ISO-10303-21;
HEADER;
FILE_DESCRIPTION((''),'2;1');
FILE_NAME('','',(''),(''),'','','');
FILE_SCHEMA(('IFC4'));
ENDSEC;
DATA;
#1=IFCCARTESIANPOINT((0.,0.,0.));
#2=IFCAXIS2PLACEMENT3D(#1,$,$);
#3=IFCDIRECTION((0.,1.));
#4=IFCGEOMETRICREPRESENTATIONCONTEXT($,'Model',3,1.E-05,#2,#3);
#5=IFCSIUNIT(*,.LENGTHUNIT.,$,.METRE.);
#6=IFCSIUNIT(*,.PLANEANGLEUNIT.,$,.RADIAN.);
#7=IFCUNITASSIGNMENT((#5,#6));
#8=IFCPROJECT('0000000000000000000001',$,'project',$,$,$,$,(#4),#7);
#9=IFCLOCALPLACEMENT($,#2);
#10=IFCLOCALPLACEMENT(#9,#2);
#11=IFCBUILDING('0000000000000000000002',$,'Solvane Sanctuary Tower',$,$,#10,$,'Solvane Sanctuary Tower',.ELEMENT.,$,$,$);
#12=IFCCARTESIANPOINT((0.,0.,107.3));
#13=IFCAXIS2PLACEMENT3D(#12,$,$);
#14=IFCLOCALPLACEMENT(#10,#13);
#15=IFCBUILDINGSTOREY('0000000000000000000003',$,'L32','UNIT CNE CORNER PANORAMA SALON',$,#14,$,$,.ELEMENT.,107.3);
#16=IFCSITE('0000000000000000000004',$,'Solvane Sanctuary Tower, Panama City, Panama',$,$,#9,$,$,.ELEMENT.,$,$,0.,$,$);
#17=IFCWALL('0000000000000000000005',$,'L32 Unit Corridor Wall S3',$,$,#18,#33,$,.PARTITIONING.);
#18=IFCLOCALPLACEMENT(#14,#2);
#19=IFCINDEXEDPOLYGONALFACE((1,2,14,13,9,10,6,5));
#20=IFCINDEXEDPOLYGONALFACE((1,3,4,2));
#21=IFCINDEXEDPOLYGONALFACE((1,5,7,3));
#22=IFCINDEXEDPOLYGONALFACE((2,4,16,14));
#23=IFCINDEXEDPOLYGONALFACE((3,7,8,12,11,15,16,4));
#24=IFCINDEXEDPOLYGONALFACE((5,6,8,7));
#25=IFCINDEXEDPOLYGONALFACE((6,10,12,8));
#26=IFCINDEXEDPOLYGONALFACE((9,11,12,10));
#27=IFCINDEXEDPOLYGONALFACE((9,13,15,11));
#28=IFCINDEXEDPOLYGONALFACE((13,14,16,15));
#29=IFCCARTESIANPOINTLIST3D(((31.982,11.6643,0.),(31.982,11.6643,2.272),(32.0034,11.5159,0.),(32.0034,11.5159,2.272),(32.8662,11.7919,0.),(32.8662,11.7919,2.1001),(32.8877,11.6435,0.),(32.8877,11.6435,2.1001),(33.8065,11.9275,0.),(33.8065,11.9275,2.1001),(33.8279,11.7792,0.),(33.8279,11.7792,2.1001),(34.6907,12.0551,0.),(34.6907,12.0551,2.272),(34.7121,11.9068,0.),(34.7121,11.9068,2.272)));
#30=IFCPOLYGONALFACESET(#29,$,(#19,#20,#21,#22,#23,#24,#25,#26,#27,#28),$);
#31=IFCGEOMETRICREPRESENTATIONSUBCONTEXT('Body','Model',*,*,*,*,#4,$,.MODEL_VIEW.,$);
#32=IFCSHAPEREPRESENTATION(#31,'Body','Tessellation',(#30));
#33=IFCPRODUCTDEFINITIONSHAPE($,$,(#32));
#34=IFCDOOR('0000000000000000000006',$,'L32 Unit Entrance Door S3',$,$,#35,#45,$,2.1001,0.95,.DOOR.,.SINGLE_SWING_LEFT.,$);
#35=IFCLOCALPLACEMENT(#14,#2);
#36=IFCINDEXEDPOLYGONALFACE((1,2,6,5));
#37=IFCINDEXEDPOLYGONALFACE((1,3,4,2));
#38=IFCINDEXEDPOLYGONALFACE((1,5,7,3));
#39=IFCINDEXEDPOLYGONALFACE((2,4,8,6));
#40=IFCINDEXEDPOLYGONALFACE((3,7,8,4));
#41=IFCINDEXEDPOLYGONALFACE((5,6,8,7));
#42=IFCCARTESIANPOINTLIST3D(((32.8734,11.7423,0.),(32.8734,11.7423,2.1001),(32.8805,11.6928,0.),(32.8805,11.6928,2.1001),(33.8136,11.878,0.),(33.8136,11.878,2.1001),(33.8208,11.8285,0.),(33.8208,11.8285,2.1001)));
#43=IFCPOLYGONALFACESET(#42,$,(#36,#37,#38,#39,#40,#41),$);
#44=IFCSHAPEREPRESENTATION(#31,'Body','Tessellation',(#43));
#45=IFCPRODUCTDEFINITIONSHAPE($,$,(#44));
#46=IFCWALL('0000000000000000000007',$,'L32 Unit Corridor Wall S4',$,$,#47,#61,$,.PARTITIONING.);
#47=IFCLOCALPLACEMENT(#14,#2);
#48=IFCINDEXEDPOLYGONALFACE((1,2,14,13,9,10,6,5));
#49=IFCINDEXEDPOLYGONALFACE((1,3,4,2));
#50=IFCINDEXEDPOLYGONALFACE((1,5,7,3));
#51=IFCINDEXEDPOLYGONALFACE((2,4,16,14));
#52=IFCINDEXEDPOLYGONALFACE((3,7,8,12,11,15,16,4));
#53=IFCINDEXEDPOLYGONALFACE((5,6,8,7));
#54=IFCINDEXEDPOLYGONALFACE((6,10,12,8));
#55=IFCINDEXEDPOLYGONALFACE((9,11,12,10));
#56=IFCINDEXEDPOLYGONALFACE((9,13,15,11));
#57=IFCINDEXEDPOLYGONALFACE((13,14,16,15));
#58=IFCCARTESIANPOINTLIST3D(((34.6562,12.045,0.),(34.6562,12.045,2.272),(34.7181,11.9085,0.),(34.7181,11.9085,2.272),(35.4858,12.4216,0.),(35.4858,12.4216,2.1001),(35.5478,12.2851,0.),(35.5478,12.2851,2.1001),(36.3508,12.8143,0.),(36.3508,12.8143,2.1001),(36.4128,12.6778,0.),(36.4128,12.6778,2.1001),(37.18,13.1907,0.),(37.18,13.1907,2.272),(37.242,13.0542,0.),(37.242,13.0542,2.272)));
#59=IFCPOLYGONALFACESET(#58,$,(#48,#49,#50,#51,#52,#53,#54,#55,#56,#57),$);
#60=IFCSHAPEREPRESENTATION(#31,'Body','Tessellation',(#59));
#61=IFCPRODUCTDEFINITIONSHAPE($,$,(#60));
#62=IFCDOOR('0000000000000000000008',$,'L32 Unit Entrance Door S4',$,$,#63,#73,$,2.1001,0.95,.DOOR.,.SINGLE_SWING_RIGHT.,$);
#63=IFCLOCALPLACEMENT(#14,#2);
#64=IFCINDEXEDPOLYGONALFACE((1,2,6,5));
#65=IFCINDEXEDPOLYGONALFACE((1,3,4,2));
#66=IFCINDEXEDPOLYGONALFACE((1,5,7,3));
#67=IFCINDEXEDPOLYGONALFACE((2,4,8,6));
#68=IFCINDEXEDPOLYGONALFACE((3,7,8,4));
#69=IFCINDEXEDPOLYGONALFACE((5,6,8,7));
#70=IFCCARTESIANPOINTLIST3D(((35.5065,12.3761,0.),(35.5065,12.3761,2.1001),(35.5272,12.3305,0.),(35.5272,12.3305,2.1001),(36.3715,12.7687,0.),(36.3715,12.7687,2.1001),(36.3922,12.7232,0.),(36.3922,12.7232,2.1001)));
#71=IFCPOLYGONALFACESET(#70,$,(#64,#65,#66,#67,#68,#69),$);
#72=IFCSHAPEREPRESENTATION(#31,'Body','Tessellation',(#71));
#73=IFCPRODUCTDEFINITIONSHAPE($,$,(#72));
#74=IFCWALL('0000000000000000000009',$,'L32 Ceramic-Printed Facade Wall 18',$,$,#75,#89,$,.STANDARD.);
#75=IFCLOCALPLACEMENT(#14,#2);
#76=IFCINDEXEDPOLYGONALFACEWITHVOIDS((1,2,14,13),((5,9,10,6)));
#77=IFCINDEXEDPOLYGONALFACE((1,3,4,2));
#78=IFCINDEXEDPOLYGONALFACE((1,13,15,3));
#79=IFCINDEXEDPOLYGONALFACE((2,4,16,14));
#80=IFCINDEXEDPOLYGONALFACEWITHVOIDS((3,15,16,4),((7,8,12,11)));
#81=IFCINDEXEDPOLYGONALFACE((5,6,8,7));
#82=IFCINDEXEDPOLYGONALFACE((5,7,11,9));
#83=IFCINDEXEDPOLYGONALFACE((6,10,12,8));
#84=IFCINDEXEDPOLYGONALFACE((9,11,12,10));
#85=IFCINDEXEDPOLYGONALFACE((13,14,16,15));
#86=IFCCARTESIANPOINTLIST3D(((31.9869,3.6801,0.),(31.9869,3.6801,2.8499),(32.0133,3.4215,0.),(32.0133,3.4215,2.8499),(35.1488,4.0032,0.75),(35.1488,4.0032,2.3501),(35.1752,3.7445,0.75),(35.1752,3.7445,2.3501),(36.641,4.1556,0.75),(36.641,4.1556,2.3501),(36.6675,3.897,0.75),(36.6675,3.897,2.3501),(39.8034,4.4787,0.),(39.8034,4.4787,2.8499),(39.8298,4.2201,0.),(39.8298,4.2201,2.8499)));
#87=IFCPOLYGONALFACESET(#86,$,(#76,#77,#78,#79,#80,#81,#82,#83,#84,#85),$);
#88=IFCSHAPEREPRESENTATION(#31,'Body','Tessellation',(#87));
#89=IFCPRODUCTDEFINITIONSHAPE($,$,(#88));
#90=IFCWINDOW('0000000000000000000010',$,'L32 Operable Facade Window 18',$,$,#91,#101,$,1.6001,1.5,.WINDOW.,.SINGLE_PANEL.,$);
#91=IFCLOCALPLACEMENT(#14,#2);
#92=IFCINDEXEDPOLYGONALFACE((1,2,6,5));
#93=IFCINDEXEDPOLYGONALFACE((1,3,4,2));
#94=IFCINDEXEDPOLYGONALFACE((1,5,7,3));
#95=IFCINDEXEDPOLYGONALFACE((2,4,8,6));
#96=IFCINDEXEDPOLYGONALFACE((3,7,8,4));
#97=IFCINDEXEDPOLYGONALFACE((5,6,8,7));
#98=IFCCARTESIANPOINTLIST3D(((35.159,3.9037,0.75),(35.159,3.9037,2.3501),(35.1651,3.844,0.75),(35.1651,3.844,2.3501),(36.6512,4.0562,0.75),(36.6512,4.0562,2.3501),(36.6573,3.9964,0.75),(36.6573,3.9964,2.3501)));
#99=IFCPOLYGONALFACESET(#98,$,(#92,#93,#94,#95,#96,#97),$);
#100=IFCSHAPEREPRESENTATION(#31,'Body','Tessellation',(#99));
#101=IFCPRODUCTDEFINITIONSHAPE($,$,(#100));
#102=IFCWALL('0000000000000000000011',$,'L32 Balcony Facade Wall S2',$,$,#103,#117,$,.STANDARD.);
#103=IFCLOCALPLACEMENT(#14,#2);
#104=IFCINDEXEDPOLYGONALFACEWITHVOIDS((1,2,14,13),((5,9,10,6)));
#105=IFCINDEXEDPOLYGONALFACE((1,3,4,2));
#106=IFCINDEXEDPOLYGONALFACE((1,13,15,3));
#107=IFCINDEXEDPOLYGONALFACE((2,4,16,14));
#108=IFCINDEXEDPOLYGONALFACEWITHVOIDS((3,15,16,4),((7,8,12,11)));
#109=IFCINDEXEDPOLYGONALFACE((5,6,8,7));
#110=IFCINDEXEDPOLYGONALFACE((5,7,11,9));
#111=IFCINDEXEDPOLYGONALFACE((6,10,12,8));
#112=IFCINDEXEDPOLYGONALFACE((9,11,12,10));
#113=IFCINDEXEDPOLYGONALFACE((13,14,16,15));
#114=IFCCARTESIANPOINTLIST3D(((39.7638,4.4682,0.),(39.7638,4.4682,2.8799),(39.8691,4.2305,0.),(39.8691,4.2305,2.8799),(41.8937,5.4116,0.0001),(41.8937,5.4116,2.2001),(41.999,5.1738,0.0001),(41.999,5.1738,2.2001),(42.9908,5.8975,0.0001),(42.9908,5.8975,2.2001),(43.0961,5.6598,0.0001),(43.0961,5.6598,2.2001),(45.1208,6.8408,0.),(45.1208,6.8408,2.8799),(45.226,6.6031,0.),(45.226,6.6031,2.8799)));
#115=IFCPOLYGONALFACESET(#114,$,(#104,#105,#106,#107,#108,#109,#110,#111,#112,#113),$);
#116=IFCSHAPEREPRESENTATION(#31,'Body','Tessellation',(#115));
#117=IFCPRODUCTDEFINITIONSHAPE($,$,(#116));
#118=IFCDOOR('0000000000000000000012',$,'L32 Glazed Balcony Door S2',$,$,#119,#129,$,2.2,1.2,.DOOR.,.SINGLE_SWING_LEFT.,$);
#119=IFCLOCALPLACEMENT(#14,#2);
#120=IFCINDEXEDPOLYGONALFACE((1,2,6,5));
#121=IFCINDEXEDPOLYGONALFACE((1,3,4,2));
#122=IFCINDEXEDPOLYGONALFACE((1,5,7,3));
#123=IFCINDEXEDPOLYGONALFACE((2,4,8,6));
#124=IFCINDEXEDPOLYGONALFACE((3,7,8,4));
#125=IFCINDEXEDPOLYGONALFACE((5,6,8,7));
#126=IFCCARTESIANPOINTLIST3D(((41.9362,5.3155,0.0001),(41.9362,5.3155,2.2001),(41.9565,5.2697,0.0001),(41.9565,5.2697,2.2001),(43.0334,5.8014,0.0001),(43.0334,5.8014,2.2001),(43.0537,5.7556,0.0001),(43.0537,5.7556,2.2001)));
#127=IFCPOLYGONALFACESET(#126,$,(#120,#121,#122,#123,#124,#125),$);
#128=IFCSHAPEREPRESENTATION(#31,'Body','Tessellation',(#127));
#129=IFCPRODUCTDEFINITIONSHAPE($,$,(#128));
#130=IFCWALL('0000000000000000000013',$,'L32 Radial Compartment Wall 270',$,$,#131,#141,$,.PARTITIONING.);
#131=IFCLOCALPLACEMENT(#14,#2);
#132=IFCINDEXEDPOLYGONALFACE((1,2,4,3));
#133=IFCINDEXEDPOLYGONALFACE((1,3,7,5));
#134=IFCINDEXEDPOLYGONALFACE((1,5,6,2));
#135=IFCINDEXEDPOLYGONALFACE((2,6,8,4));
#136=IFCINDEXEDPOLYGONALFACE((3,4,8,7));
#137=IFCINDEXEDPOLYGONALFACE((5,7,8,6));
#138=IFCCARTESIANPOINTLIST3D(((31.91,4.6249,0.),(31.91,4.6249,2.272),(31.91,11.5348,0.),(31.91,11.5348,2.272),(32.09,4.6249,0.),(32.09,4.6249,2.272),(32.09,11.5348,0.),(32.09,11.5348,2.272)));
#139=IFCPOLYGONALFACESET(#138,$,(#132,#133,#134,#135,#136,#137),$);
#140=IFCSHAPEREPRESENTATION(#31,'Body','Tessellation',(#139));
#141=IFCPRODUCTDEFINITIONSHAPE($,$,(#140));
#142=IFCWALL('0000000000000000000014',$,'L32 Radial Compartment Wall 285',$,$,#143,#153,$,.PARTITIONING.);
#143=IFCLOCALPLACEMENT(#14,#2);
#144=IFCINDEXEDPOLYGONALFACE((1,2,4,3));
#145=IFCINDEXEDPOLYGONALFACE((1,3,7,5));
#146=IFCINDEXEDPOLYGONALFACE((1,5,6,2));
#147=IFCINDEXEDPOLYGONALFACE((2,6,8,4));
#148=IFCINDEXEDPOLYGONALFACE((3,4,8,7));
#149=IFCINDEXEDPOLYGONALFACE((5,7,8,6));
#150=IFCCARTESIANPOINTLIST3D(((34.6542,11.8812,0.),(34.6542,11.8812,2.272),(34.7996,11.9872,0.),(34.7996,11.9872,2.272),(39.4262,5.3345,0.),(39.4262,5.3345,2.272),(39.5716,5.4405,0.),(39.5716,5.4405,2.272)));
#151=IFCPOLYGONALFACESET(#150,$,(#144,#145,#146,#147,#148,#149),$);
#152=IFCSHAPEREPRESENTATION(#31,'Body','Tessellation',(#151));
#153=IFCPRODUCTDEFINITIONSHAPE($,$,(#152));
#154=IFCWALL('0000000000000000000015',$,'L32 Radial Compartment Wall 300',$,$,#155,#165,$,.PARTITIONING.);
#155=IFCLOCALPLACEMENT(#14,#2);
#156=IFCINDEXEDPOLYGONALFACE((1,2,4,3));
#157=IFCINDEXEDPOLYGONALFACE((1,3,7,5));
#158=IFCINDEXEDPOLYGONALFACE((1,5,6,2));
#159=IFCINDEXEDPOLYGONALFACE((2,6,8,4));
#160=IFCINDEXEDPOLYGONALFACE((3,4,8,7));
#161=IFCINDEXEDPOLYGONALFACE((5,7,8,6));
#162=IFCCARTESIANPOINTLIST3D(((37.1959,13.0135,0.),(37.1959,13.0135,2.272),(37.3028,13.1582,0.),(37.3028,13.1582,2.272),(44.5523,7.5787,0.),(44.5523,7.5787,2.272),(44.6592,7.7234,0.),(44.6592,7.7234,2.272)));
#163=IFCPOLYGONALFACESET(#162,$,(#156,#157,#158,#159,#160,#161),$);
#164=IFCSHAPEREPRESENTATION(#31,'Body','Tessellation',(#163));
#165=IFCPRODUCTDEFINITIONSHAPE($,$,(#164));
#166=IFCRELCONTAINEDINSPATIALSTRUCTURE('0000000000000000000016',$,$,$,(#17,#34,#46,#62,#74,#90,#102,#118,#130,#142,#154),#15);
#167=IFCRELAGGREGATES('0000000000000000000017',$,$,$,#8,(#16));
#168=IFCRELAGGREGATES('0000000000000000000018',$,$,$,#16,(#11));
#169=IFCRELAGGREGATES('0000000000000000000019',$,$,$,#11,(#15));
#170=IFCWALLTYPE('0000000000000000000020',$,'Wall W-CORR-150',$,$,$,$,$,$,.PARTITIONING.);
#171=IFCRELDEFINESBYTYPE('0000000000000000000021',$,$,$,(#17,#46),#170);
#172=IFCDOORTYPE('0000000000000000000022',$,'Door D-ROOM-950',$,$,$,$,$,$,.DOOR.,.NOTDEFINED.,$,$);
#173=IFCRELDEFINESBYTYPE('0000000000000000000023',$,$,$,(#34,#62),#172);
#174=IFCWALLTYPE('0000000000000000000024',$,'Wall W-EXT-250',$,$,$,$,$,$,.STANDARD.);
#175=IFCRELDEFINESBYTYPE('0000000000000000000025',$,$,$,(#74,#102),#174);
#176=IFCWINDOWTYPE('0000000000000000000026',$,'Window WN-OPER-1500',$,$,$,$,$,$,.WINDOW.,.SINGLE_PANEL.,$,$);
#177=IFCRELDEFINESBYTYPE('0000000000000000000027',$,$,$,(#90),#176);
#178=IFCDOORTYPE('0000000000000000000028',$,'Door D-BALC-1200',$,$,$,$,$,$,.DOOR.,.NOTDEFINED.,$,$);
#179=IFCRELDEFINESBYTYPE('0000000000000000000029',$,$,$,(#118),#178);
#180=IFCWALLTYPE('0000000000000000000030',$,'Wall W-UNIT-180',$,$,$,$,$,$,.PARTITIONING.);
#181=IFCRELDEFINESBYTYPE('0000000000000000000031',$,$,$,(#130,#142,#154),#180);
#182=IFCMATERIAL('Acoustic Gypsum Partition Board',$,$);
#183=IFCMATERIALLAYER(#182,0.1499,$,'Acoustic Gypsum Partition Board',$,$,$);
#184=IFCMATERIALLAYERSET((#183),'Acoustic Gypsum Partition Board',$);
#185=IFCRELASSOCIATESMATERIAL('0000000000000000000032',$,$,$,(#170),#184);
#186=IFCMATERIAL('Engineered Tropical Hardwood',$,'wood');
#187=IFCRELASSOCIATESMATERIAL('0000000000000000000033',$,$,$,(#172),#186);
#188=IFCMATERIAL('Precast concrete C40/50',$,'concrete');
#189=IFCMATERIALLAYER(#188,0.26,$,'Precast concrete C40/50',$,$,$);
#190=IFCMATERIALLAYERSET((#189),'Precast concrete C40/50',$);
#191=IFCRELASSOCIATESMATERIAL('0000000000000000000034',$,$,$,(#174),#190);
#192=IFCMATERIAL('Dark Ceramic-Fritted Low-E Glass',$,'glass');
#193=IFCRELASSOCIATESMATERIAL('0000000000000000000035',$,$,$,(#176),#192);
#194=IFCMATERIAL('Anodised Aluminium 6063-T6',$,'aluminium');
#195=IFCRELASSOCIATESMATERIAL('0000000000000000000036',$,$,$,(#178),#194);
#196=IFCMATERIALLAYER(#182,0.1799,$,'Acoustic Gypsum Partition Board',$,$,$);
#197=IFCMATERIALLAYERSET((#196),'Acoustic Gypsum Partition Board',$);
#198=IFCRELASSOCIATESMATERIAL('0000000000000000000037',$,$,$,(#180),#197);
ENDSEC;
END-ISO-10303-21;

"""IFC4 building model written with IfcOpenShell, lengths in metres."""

from ifc_helpers import new_model, si_unit, direction, frame, frame_2d, origin, place, context, subcontext, project, spatial, rectangle, extrude, material, layer, layer_set, type_object, element, fill, save


model = new_model("IFC4")

# Units and contexts
model_context = context("Model", 3, precision=1e-05, world=origin(), true_north=direction((0.0, 1.0)))
body_context = subcontext(model_context, "Body", "Model", "MODEL_VIEW")
ifc_project = project(units=[si_unit("LENGTHUNIT", "METRE"), si_unit("PLANEANGLEUNIT", "RADIAN")], contexts=[model_context])

# Site, building, storey
site_placement = place(None, origin())
site = spatial("IfcSite", under=ifc_project, at=site_placement, Name="Solvane Sanctuary Tower, Panama City, Panama", CompositionType="ELEMENT", RefElevation=0.0)
building_placement = place(site_placement, origin())
building = spatial("IfcBuilding", under=site, at=building_placement, Name="Solvane Sanctuary Tower", LongName="Solvane Sanctuary Tower", CompositionType="ELEMENT")
storey_placement = place(building_placement, frame((0.0, 0.0, 107.3)))
storey = spatial("IfcBuildingStorey", under=building, at=storey_placement, Name="L32", Description="UNIT CNE CORNER PANORAMA SALON", CompositionType="ELEMENT", Elevation=107.3)

# Shared definitions
ifc_material_1 = material(Name="Acoustic Gypsum Partition Board")
ifc_layer_1 = layer(ifc_material_1, 0.1499, Name="Acoustic Gypsum Partition Board")
ifc_layer_set_1 = layer_set([ifc_layer_1], Name="Acoustic Gypsum Partition Board")
wall_type_1 = type_object("IfcWallType", Name="Wall W-CORR-150", PredefinedType="PARTITIONING", material=ifc_layer_set_1)

# Walls, openings, doors
ifc_material_2 = material(Name="Engineered Tropical Hardwood", Category="wood")
wall_1_placement = place(storey_placement, frame((31.9927, 11.5901, 0.0), z_axis=(0.0, 0.0, 1.0), x_axis=(0.989749, 0.14282, 0.0)))
wall_1 = element("IfcWall", 1, at=wall_1_placement, inside=storey, type_object=wall_type_1, Name="L32 Unit Corridor Wall S3", PredefinedType="PARTITIONING", context=body_context, shape_type="SweptSolid", body=[
    extrude(rectangle(XDim=2.7368, YDim=0.1499, at=frame_2d((1.3684, 0.0))), origin(), (0.0, 0.0, 1.0), 2.272),
])
opening_1_placement = place(wall_1_placement, frame((0.8933, 0.0, 0.0)))
opening_1 = element("IfcOpeningElement", 2, at=opening_1_placement, cuts=wall_1, PredefinedType="OPENING", context=body_context, shape_type="SweptSolid", body=[
    extrude(rectangle(XDim=0.95, YDim=2.1001, at=frame_2d((0.4751, 1.05))), frame((0.0, 0.085, 0.0), z_axis=(0.0, -1.0, 0.0), x_axis=(1.0, 0.0, 0.0)), (0.0, 0.0, 1.0), 0.1699),
])
door_type_1 = type_object("IfcDoorType", Name="Door D-ROOM-950", OperationType="NOTDEFINED", PredefinedType="DOOR", material=ifc_material_2)
door_1_placement = place(opening_1_placement, origin())
door_1 = element("IfcDoor", 3, at=door_1_placement, inside=storey, type_object=door_type_1, Name="L32 Unit Entrance Door S3", OperationType="SINGLE_SWING_LEFT", OverallHeight=2.1001, OverallWidth=0.95, PredefinedType="DOOR", context=body_context, shape_type="SweptSolid", body=[
    extrude(rectangle(XDim=0.95, YDim=2.1001, at=frame_2d((0.4751, 1.05))), frame((0.0, 0.0249, 0.0), z_axis=(0.0, -1.0, 0.0), x_axis=(1.0, 0.0, 0.0)), (0.0, 0.0, 1.0), 0.05),
])
fill(opening_1, door_1)
wall_2_placement = place(storey_placement, frame((34.6873, 11.9768, 0.0), z_axis=(0.0, 0.0, 1.0), x_axis=(0.910568, 0.413358, 0.0)))
wall_2 = element("IfcWall", 4, at=wall_2_placement, inside=storey, type_object=wall_type_1, Name="L32 Unit Corridor Wall S4", PredefinedType="PARTITIONING", context=body_context, shape_type="SweptSolid", body=[
    extrude(rectangle(XDim=2.7717, YDim=0.1499, at=frame_2d((1.3857, 0.0))), origin(), (0.0, 0.0, 1.0), 2.272),
])
opening_2_placement = place(wall_2_placement, frame((0.9109, 0.0, 0.0)))
opening_2 = element("IfcOpeningElement", 5, at=opening_2_placement, cuts=wall_2, PredefinedType="OPENING", context=body_context, shape_type="SweptSolid", body=[
    extrude(rectangle(XDim=0.95, YDim=2.1001, at=frame_2d((0.4751, 1.05))), frame((0.0, 0.085, 0.0), z_axis=(0.0, -1.0, 0.0), x_axis=(1.0, 0.0, 0.0)), (0.0, 0.0, 1.0), 0.1699),
])
door_2_placement = place(opening_2_placement, origin())
door_2 = element("IfcDoor", 6, at=door_2_placement, inside=storey, type_object=door_type_1, Name="L32 Unit Entrance Door S4", OperationType="SINGLE_SWING_RIGHT", OverallHeight=2.1001, OverallWidth=0.95, PredefinedType="DOOR", context=body_context, shape_type="SweptSolid", body=[
    extrude(rectangle(XDim=0.95, YDim=2.1001, at=frame_2d((0.4751, 1.05))), frame((0.0, 0.0249, 0.0), z_axis=(0.0, -1.0, 0.0), x_axis=(1.0, 0.0, 0.0)), (0.0, 0.0, 1.0), 0.05),
])
fill(opening_2, door_2)

# Wall, opening, window
ifc_material_3 = material(Name="Precast concrete C40/50", Category="concrete")
ifc_layer_2 = layer(ifc_material_3, 0.26, Name="Precast concrete C40/50")
ifc_layer_set_2 = layer_set([ifc_layer_2], Name="Precast concrete C40/50")
wall_type_2 = type_object("IfcWallType", Name="Wall W-EXT-250", PredefinedType="STANDARD", material=ifc_layer_set_2)
wall_3_placement = place(storey_placement, frame((32.0, 3.5508, 0.0), z_axis=(0.0, 0.0, 1.0), x_axis=(0.994821, 0.101639, 0.0)))
wall_3 = element("IfcWall", 7, at=wall_3_placement, inside=storey, type_object=wall_type_2, Name="L32 Ceramic-Printed Facade Wall 18", PredefinedType="STANDARD", context=body_context, shape_type="SweptSolid", body=[
    extrude(rectangle(XDim=7.8572, YDim=0.26, at=frame_2d((3.9287, 0.0))), origin(), (0.0, 0.0, 1.0), 2.8499),
])
opening_3_placement = place(wall_3_placement, frame((3.1785, 0.0, 0.75)))
opening_3 = element("IfcOpeningElement", 8, at=opening_3_placement, cuts=wall_3, PredefinedType="OPENING", context=body_context, shape_type="SweptSolid", body=[
    extrude(rectangle(XDim=1.5, YDim=1.6001, at=frame_2d((0.75, 0.8))), frame((0.0, 0.1399, 0.0), z_axis=(0.0, -1.0, 0.0), x_axis=(1.0, 0.0, 0.0)), (0.0, 0.0, 1.0), 0.28),
])
ifc_material_4 = material(Name="Dark Ceramic-Fritted Low-E Glass", Category="glass")
window_type = type_object("IfcWindowType", Name="Window WN-OPER-1500", PartitioningType="SINGLE_PANEL", PredefinedType="WINDOW", material=ifc_material_4)
window_placement = place(opening_3_placement, origin())
window = element("IfcWindow", 9, at=window_placement, inside=storey, type_object=window_type, Name="L32 Operable Facade Window 18", OverallHeight=1.6001, OverallWidth=1.5, PartitioningType="SINGLE_PANEL", PredefinedType="WINDOW", context=body_context, shape_type="SweptSolid", body=[
    extrude(rectangle(XDim=1.5, YDim=1.6001, at=frame_2d((0.75, 0.8))), frame((0.0, 0.03, 0.0), z_axis=(0.0, -1.0, 0.0), x_axis=(1.0, 0.0, 0.0)), (0.0, 0.0, 1.0), 0.0601),
])
fill(opening_3, window)

# Wall, opening, door
wall_4_placement = place(storey_placement, frame((39.8164, 4.3494, 0.0), z_axis=(0.0, 0.0, 1.0), x_axis=(0.914337, 0.404955, 0.0)))
wall_4 = element("IfcWall", 10, at=wall_4_placement, inside=storey, type_object=wall_type_2, Name="L32 Balcony Facade Wall S2", PredefinedType="STANDARD", context=body_context, shape_type="SweptSolid", body=[
    extrude(rectangle(XDim=5.8589, YDim=0.26, at=frame_2d((2.9294, 0.0))), origin(), (0.0, 0.0, 1.0), 2.8799),
])
opening_4_placement = place(wall_4_placement, frame((2.3293, 0.0, 0.0)))
opening_4 = element("IfcOpeningElement", 11, at=opening_4_placement, cuts=wall_4, PredefinedType="OPENING", context=body_context, shape_type="SweptSolid", body=[
    extrude(rectangle(XDim=1.2, YDim=2.2, at=frame_2d((0.6001, 1.1001))), frame((0.0, 0.1399, 0.0), z_axis=(0.0, -1.0, 0.0), x_axis=(1.0, 0.0, 0.0)), (0.0, 0.0, 1.0), 0.28),
])
ifc_material_5 = material(Name="Anodised Aluminium 6063-T6", Category="aluminium")
door_type_2 = type_object("IfcDoorType", Name="Door D-BALC-1200", OperationType="NOTDEFINED", PredefinedType="DOOR", material=ifc_material_5)
door_3_placement = place(opening_4_placement, origin())
door_3 = element("IfcDoor", 12, at=door_3_placement, inside=storey, type_object=door_type_2, Name="L32 Glazed Balcony Door S2", OperationType="SINGLE_SWING_LEFT", OverallHeight=2.2, OverallWidth=1.2, PredefinedType="DOOR", context=body_context, shape_type="SweptSolid", body=[
    extrude(rectangle(XDim=1.2, YDim=2.2, at=frame_2d((0.6001, 1.1001))), frame((0.0, 0.0249, 0.0), z_axis=(0.0, -1.0, 0.0), x_axis=(1.0, 0.0, 0.0)), (0.0, 0.0, 1.0), 0.05),
])
fill(opening_4, door_3)

# Walls
ifc_layer_3 = layer(ifc_material_1, 0.1799, Name="Acoustic Gypsum Partition Board")
ifc_layer_set_3 = layer_set([ifc_layer_3], Name="Acoustic Gypsum Partition Board")
wall_type_3 = type_object("IfcWallType", Name="Wall W-UNIT-180", PredefinedType="PARTITIONING", material=ifc_layer_set_3)
wall_5_placement = place(storey_placement, frame((32.0, 11.5349, 0.0), z_axis=(0.0, 0.0, 1.0), x_axis=(0.0, -1.0, 0.0)))
element("IfcWall", 13, at=wall_5_placement, inside=storey, type_object=wall_type_3, Name="L32 Radial Compartment Wall 270", PredefinedType="PARTITIONING", context=body_context, shape_type="SweptSolid", body=[
    extrude(rectangle(XDim=6.9099, YDim=0.1799, at=frame_2d((3.4551, 0.0))), origin(), (0.0, 0.0, 1.0), 2.272),
])
wall_6_placement = place(storey_placement, frame((34.7268, 11.9343, 0.0), z_axis=(0.0, 0.0, 1.0), x_axis=(0.589042, -0.808102, 0.0)))
element("IfcWall", 14, at=wall_6_placement, inside=storey, type_object=wall_type_3, Name="L32 Radial Compartment Wall 285", PredefinedType="PARTITIONING", context=body_context, shape_type="SweptSolid", body=[
    extrude(rectangle(XDim=8.1013, YDim=0.1799, at=frame_2d((4.0508, 0.0))), origin(), (0.0, 0.0, 1.0), 2.272),
])
wall_7_placement = place(storey_placement, frame((37.2493, 13.0859, 0.0), z_axis=(0.0, 0.0, 1.0), x_axis=(0.80431, -0.59421, 0.0)))
element("IfcWall", 15, at=wall_7_placement, inside=storey, type_object=wall_type_3, Name="L32 Radial Compartment Wall 300", PredefinedType="PARTITIONING", context=body_context, shape_type="SweptSolid", body=[
    extrude(rectangle(XDim=9.1462, YDim=0.1799, at=frame_2d((4.5732, 0.0))), origin(), (0.0, 0.0, 1.0), 2.272),
])

save(model, "model.ifc")
